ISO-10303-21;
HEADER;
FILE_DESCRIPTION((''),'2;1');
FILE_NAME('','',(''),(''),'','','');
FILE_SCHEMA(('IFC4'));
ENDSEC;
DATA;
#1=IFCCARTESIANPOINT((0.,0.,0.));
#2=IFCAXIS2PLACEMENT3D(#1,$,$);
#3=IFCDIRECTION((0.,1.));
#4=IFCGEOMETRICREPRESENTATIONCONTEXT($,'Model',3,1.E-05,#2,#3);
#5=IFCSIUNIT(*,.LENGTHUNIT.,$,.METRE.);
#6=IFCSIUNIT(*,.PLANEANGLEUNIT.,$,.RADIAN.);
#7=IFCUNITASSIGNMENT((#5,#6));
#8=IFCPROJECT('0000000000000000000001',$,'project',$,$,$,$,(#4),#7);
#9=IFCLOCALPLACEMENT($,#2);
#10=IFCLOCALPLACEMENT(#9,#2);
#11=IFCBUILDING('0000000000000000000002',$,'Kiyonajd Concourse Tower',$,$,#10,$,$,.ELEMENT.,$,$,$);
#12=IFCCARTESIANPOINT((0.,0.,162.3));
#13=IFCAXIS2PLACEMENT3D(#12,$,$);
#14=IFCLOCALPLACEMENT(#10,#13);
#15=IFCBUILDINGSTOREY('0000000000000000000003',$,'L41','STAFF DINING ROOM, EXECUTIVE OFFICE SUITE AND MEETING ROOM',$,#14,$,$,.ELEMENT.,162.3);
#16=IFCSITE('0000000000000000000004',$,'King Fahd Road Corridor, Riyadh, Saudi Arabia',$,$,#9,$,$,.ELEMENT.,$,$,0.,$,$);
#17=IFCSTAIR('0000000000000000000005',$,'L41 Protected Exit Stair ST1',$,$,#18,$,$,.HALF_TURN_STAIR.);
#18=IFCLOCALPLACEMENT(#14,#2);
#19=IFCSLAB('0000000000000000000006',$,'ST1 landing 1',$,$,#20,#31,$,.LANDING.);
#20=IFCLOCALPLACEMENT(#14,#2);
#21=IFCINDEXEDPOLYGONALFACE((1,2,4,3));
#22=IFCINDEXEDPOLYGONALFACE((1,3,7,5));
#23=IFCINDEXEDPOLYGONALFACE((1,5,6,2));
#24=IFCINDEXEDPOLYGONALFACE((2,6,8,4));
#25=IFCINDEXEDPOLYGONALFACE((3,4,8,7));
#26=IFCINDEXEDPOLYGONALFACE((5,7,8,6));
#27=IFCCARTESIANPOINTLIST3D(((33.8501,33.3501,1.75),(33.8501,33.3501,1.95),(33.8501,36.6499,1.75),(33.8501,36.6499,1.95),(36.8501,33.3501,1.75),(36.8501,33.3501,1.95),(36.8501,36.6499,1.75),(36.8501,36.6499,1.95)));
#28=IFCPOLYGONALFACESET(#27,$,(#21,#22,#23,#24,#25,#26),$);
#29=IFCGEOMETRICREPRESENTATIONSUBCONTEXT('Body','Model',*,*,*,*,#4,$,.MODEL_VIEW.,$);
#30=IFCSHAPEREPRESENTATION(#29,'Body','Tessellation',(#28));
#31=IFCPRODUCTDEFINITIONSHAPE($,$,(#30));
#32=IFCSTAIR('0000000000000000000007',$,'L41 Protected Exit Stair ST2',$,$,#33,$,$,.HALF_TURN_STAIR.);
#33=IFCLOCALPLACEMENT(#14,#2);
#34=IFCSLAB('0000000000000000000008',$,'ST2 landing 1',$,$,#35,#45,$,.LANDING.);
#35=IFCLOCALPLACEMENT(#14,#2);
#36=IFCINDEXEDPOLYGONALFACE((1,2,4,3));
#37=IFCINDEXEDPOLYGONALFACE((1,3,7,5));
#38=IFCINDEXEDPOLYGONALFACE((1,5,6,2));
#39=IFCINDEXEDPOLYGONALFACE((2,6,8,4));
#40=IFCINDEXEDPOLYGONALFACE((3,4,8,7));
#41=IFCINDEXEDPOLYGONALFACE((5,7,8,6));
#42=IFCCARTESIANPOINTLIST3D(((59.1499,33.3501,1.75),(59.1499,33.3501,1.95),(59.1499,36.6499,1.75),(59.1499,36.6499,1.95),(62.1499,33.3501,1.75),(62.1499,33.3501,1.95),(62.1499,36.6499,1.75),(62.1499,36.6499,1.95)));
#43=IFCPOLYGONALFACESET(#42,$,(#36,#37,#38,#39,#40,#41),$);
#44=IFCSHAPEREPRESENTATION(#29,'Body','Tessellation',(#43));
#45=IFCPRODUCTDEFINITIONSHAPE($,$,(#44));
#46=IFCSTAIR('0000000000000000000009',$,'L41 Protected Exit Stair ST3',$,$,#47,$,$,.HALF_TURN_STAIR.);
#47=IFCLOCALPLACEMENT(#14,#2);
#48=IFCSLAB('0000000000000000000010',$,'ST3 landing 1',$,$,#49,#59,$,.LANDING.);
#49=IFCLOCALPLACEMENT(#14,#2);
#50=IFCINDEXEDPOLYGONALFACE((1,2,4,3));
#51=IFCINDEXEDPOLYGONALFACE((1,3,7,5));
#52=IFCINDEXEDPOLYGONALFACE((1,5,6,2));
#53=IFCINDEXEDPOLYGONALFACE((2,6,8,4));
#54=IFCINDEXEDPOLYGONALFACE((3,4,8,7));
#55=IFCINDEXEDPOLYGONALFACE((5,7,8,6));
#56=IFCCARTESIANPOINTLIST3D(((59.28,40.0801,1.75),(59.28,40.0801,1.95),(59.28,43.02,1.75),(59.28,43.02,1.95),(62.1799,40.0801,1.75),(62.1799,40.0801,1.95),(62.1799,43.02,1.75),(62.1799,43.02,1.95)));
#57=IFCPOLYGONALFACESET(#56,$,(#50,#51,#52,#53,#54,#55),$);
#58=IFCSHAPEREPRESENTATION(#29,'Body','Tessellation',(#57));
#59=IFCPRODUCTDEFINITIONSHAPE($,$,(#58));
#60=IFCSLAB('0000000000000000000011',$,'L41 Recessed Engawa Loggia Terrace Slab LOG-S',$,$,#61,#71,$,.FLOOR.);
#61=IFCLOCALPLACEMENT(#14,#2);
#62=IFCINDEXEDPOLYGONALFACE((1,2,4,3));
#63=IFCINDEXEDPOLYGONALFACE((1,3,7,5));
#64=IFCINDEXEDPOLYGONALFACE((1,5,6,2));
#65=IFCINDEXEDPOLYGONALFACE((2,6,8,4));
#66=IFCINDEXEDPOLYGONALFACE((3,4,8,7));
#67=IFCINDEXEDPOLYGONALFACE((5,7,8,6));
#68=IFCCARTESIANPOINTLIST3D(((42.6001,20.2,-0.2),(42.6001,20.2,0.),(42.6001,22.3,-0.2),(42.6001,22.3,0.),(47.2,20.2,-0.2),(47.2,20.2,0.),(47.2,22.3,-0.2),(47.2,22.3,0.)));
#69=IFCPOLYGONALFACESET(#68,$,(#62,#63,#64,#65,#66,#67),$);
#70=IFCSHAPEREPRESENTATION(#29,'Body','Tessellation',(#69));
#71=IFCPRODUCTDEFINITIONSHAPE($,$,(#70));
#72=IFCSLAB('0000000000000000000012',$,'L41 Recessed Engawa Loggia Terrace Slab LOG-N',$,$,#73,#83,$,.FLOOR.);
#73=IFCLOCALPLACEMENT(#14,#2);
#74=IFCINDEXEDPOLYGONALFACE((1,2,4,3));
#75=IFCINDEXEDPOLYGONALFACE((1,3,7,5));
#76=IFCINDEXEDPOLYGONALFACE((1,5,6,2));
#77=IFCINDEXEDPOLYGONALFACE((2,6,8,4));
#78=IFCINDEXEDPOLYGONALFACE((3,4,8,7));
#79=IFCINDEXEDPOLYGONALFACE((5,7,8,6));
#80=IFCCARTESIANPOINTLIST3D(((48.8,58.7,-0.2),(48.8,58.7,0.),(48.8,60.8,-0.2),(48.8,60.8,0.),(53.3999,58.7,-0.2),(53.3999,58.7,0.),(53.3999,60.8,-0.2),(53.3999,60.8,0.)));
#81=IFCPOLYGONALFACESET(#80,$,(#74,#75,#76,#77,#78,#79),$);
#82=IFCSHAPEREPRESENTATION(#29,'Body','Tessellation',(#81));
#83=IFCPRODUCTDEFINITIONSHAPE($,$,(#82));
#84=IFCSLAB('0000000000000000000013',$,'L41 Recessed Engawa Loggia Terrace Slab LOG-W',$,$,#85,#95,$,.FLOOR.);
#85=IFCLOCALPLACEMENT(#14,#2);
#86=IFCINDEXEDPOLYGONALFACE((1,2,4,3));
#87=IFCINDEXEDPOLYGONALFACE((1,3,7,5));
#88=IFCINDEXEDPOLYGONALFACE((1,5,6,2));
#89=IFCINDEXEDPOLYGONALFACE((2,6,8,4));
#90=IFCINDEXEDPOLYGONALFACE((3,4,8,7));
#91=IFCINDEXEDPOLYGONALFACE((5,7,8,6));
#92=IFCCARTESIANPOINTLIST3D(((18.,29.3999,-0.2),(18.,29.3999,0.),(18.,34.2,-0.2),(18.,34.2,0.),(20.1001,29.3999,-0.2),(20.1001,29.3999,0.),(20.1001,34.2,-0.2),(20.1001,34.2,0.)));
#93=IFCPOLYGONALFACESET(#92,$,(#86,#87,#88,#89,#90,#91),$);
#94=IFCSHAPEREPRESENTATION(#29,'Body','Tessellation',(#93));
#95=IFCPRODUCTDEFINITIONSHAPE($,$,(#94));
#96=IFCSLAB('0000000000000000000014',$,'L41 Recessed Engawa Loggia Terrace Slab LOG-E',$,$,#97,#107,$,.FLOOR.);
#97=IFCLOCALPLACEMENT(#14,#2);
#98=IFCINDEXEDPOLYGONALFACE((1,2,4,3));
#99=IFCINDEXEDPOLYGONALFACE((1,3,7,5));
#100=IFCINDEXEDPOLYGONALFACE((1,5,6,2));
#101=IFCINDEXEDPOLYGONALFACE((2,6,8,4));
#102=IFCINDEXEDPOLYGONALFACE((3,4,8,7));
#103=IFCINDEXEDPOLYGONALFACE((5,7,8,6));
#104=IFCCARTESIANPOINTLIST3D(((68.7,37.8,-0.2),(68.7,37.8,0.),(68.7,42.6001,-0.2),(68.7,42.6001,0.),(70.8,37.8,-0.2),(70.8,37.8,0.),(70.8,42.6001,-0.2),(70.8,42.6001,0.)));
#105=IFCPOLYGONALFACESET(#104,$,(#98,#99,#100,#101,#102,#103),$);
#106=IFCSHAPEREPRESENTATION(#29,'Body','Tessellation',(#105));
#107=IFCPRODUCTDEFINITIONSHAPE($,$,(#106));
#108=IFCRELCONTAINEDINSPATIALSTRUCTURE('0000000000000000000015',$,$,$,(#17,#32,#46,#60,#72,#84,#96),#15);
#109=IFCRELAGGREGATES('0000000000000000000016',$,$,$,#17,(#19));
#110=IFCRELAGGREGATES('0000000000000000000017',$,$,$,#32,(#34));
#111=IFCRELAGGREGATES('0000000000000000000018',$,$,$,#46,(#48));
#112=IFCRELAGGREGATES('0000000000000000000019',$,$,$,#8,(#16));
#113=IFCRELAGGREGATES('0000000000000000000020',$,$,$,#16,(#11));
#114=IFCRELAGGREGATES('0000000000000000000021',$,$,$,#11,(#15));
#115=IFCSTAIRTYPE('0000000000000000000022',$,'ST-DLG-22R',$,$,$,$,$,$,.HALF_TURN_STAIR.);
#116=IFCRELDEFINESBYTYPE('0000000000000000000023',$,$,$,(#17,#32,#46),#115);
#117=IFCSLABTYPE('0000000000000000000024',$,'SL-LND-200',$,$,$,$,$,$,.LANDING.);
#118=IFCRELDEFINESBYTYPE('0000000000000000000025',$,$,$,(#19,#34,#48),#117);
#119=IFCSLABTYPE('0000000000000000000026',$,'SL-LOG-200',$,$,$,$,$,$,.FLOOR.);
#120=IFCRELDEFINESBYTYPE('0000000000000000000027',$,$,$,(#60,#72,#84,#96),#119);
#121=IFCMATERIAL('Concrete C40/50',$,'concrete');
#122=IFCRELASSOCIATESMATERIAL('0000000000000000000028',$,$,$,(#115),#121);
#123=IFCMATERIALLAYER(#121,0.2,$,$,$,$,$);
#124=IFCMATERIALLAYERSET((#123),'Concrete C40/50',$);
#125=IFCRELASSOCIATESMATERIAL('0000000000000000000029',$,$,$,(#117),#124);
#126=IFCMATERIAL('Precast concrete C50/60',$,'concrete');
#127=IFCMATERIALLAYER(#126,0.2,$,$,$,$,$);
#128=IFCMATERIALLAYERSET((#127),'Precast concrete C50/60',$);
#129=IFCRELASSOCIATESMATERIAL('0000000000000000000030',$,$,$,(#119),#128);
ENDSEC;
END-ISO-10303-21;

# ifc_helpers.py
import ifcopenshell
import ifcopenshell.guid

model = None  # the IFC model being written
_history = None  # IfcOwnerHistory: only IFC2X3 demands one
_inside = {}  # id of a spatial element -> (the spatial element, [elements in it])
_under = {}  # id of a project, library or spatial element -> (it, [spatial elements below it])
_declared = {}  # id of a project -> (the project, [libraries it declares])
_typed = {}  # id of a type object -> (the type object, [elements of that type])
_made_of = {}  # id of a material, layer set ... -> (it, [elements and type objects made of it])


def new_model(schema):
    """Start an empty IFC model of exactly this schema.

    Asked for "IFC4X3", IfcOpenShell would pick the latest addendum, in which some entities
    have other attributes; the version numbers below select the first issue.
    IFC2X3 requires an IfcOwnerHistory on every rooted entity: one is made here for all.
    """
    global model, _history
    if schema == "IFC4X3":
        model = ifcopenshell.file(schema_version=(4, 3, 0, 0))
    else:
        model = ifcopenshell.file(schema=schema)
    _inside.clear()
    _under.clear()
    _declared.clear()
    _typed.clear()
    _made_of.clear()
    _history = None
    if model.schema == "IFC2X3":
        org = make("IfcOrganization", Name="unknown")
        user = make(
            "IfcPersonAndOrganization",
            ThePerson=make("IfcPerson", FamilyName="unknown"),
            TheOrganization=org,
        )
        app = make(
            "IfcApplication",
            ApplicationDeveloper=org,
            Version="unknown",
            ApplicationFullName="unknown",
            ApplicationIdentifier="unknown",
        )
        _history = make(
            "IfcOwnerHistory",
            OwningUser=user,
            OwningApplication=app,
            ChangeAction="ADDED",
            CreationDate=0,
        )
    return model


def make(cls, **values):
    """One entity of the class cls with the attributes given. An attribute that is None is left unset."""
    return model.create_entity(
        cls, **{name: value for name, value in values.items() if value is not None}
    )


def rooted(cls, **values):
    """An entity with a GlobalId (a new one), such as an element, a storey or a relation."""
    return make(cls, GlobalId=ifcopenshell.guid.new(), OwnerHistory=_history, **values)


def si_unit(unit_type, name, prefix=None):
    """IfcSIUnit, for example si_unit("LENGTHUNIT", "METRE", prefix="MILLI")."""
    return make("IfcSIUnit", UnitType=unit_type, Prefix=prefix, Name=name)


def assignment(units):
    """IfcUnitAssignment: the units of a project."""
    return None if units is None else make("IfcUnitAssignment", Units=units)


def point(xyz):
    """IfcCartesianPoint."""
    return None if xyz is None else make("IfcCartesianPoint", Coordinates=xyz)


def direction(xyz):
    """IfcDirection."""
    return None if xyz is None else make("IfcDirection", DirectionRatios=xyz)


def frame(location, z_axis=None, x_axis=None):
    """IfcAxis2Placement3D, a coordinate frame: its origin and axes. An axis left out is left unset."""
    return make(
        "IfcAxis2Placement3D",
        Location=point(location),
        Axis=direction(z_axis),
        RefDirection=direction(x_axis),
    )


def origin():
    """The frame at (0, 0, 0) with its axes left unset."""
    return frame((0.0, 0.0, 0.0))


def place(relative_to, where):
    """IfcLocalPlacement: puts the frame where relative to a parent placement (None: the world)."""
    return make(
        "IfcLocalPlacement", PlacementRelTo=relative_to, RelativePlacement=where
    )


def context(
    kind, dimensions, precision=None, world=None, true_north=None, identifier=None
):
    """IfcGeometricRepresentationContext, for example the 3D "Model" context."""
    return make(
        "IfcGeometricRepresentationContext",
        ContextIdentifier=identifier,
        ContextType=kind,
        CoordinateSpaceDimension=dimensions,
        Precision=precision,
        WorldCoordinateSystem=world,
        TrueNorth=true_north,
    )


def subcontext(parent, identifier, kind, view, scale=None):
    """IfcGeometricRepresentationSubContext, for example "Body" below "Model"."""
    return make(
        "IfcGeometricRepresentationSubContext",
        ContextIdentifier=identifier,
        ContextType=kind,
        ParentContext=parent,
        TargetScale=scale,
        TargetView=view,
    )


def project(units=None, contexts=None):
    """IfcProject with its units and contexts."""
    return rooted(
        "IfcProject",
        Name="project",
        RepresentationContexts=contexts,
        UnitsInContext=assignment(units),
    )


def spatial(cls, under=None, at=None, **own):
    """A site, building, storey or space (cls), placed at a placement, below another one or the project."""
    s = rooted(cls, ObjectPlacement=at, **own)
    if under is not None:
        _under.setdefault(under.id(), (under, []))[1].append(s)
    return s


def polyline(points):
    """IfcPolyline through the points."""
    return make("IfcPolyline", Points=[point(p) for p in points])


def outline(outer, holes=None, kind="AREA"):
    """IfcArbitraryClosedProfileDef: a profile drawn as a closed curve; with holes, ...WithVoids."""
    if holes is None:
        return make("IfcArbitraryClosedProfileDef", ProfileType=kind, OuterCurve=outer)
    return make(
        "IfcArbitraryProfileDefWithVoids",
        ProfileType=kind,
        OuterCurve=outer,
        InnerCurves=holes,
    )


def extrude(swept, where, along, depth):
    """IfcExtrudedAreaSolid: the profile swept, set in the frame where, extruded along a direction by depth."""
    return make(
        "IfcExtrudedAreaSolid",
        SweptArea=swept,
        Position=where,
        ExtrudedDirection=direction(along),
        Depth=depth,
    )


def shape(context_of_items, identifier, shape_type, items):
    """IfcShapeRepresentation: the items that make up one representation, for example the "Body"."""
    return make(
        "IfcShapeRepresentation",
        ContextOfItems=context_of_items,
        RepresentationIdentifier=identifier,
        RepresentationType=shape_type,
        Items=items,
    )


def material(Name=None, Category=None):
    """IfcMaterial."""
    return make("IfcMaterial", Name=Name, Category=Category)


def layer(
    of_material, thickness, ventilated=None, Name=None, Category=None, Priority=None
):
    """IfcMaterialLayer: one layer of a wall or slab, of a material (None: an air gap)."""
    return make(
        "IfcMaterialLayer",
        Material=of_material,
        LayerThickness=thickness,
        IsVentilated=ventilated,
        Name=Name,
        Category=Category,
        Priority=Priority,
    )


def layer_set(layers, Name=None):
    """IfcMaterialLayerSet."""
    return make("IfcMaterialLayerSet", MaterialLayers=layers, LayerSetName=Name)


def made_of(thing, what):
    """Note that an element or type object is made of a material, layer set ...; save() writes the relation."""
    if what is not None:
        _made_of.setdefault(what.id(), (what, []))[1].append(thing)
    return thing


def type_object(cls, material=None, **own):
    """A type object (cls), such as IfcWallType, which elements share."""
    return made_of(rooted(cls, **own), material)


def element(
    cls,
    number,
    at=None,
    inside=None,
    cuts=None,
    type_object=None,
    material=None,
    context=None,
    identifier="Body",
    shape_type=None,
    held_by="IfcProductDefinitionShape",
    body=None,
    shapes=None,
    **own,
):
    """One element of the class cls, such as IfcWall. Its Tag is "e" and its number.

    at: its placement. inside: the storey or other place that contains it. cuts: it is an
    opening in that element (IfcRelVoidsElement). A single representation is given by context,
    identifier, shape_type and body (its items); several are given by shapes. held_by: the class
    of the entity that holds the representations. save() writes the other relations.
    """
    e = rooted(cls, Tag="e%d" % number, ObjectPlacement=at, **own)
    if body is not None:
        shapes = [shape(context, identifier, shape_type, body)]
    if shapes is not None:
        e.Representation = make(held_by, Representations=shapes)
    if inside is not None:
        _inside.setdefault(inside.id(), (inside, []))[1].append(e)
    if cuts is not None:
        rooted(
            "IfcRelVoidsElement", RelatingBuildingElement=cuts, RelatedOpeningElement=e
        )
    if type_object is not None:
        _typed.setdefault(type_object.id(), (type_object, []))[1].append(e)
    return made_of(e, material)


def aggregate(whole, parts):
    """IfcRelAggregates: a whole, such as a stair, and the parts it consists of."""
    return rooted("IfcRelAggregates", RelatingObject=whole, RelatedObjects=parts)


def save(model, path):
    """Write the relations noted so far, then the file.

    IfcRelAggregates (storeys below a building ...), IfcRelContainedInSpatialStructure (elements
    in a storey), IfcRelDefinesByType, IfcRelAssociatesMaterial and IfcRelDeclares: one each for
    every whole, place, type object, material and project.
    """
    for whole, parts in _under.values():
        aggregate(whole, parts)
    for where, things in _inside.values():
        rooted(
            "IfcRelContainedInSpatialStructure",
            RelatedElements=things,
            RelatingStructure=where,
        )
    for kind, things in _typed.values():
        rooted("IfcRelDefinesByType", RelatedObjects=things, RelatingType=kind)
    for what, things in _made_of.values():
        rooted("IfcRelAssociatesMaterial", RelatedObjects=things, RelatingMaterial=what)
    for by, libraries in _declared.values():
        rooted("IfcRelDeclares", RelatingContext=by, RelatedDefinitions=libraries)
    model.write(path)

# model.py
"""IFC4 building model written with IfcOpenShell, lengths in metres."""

from ifc_helpers import new_model, si_unit, direction, frame, origin, place, context, subcontext, project, spatial, polyline, outline, extrude, material, layer, layer_set, type_object, element, aggregate, save


model = new_model("IFC4")

# Units and contexts
model_context = context("Model", 3, precision=1e-05, world=origin(), true_north=direction((0.0, 1.0)))
body_context = subcontext(model_context, "Body", "Model", "MODEL_VIEW")
ifc_project = project(units=[si_unit("LENGTHUNIT", "METRE"), si_unit("PLANEANGLEUNIT", "RADIAN")], contexts=[model_context])

# Site, building, storey
site_placement = place(None, origin())
site = spatial("IfcSite", under=ifc_project, at=site_placement, Name="King Fahd Road Corridor, Riyadh, Saudi Arabia", CompositionType="ELEMENT", RefElevation=0.0)
building_placement = place(site_placement, origin())
building = spatial("IfcBuilding", under=site, at=building_placement, Name="Kiyonajd Concourse Tower", CompositionType="ELEMENT")
storey_placement = place(building_placement, frame((0.0, 0.0, 162.3)))
storey = spatial("IfcBuildingStorey", under=building, at=storey_placement, Name="L41", Description="STAFF DINING ROOM, EXECUTIVE OFFICE SUITE AND MEETING ROOM", CompositionType="ELEMENT", Elevation=162.3)

# Stairs, slabs
ifc_material_1 = material(Name="Concrete C40/50", Category="concrete")
stair_type = type_object("IfcStairType", Name="ST-DLG-22R", PredefinedType="HALF_TURN_STAIR", material=ifc_material_1)
stair_1_placement = place(storey_placement, origin())
stair_1 = element("IfcStair", 1, at=stair_1_placement, inside=storey, type_object=stair_type, Name="L41 Protected Exit Stair ST1", PredefinedType="HALF_TURN_STAIR")
ifc_layer_1 = layer(ifc_material_1, 0.2)
ifc_layer_set_1 = layer_set([ifc_layer_1], Name="Concrete C40/50")
slab_type_1 = type_object("IfcSlabType", Name="SL-LND-200", PredefinedType="LANDING", material=ifc_layer_set_1)
slab_1_placement = place(storey_placement, frame((0.0, 0.0, 1.75)))
slab_1 = element("IfcSlab", 2, at=slab_1_placement, type_object=slab_type_1, Name="ST1 landing 1", PredefinedType="LANDING", context=body_context, shape_type="SweptSolid", body=[
    extrude(outline(polyline([(36.8501, 33.3501), (36.8501, 36.6499), (33.8501, 36.6499), (33.8501, 33.3501), (36.8501, 33.3501)])), origin(), (0.0, 0.0, 1.0), 0.2),
])
aggregate(stair_1, [slab_1])
stair_2_placement = place(storey_placement, origin())
stair_2 = element("IfcStair", 3, at=stair_2_placement, inside=storey, type_object=stair_type, Name="L41 Protected Exit Stair ST2", PredefinedType="HALF_TURN_STAIR")
slab_2_placement = place(storey_placement, frame((0.0, 0.0, 1.75)))
slab_2 = element("IfcSlab", 4, at=slab_2_placement, type_object=slab_type_1, Name="ST2 landing 1", PredefinedType="LANDING", context=body_context, shape_type="SweptSolid", body=[
    extrude(outline(polyline([(62.1499, 33.3501), (62.1499, 36.6499), (59.1499, 36.6499), (59.1499, 33.3501), (62.1499, 33.3501)])), origin(), (0.0, 0.0, 1.0), 0.2),
])
aggregate(stair_2, [slab_2])
stair_3_placement = place(storey_placement, origin())
stair_3 = element("IfcStair", 5, at=stair_3_placement, inside=storey, type_object=stair_type, Name="L41 Protected Exit Stair ST3", PredefinedType="HALF_TURN_STAIR")
slab_3_placement = place(storey_placement, frame((0.0, 0.0, 1.75)))
slab_3 = element("IfcSlab", 6, at=slab_3_placement, type_object=slab_type_1, Name="ST3 landing 1", PredefinedType="LANDING", context=body_context, shape_type="SweptSolid", body=[
    extrude(outline(polyline([(59.28, 40.0801), (62.1799, 40.0801), (62.1799, 43.02), (59.28, 43.02), (59.28, 40.0801)])), origin(), (0.0, 0.0, 1.0), 0.2),
])
aggregate(stair_3, [slab_3])

# Slabs
ifc_material_2 = material(Name="Precast concrete C50/60", Category="concrete")
ifc_layer_2 = layer(ifc_material_2, 0.2)
ifc_layer_set_2 = layer_set([ifc_layer_2], Name="Precast concrete C50/60")
slab_type_2 = type_object("IfcSlabType", Name="SL-LOG-200", PredefinedType="FLOOR", material=ifc_layer_set_2)
slab_4_placement = place(storey_placement, frame((0.0, 0.0, -0.2)))
element("IfcSlab", 7, at=slab_4_placement, inside=storey, type_object=slab_type_2, Name="L41 Recessed Engawa Loggia Terrace Slab LOG-S", PredefinedType="FLOOR", context=body_context, shape_type="SweptSolid", body=[
    extrude(outline(polyline([(42.6001, 20.2), (47.2, 20.2), (47.2, 22.3), (42.6001, 22.3), (42.6001, 20.2)])), origin(), (0.0, 0.0, 1.0), 0.2),
])
slab_5_placement = place(storey_placement, frame((0.0, 0.0, -0.2)))
element("IfcSlab", 8, at=slab_5_placement, inside=storey, type_object=slab_type_2, Name="L41 Recessed Engawa Loggia Terrace Slab LOG-N", PredefinedType="FLOOR", context=body_context, shape_type="SweptSolid", body=[
    extrude(outline(polyline([(48.8, 58.7), (53.3999, 58.7), (53.3999, 60.8), (48.8, 60.8), (48.8, 58.7)])), origin(), (0.0, 0.0, 1.0), 0.2),
])
slab_6_placement = place(storey_placement, frame((0.0, 0.0, -0.2)))
element("IfcSlab", 9, at=slab_6_placement, inside=storey, type_object=slab_type_2, Name="L41 Recessed Engawa Loggia Terrace Slab LOG-W", PredefinedType="FLOOR", context=body_context, shape_type="SweptSolid", body=[
    extrude(outline(polyline([(18.0, 29.3999), (20.1001, 29.3999), (20.1001, 34.2), (18.0, 34.2), (18.0, 29.3999)])), origin(), (0.0, 0.0, 1.0), 0.2),
])
slab_7_placement = place(storey_placement, frame((0.0, 0.0, -0.2)))
element("IfcSlab", 10, at=slab_7_placement, inside=storey, type_object=slab_type_2, Name="L41 Recessed Engawa Loggia Terrace Slab LOG-E", PredefinedType="FLOOR", context=body_context, shape_type="SweptSolid", body=[
    extrude(outline(polyline([(68.7, 37.8), (70.8, 37.8), (70.8, 42.6001), (68.7, 42.6001), (68.7, 37.8)])), origin(), (0.0, 0.0, 1.0), 0.2),
])

save(model, "model.ifc")
